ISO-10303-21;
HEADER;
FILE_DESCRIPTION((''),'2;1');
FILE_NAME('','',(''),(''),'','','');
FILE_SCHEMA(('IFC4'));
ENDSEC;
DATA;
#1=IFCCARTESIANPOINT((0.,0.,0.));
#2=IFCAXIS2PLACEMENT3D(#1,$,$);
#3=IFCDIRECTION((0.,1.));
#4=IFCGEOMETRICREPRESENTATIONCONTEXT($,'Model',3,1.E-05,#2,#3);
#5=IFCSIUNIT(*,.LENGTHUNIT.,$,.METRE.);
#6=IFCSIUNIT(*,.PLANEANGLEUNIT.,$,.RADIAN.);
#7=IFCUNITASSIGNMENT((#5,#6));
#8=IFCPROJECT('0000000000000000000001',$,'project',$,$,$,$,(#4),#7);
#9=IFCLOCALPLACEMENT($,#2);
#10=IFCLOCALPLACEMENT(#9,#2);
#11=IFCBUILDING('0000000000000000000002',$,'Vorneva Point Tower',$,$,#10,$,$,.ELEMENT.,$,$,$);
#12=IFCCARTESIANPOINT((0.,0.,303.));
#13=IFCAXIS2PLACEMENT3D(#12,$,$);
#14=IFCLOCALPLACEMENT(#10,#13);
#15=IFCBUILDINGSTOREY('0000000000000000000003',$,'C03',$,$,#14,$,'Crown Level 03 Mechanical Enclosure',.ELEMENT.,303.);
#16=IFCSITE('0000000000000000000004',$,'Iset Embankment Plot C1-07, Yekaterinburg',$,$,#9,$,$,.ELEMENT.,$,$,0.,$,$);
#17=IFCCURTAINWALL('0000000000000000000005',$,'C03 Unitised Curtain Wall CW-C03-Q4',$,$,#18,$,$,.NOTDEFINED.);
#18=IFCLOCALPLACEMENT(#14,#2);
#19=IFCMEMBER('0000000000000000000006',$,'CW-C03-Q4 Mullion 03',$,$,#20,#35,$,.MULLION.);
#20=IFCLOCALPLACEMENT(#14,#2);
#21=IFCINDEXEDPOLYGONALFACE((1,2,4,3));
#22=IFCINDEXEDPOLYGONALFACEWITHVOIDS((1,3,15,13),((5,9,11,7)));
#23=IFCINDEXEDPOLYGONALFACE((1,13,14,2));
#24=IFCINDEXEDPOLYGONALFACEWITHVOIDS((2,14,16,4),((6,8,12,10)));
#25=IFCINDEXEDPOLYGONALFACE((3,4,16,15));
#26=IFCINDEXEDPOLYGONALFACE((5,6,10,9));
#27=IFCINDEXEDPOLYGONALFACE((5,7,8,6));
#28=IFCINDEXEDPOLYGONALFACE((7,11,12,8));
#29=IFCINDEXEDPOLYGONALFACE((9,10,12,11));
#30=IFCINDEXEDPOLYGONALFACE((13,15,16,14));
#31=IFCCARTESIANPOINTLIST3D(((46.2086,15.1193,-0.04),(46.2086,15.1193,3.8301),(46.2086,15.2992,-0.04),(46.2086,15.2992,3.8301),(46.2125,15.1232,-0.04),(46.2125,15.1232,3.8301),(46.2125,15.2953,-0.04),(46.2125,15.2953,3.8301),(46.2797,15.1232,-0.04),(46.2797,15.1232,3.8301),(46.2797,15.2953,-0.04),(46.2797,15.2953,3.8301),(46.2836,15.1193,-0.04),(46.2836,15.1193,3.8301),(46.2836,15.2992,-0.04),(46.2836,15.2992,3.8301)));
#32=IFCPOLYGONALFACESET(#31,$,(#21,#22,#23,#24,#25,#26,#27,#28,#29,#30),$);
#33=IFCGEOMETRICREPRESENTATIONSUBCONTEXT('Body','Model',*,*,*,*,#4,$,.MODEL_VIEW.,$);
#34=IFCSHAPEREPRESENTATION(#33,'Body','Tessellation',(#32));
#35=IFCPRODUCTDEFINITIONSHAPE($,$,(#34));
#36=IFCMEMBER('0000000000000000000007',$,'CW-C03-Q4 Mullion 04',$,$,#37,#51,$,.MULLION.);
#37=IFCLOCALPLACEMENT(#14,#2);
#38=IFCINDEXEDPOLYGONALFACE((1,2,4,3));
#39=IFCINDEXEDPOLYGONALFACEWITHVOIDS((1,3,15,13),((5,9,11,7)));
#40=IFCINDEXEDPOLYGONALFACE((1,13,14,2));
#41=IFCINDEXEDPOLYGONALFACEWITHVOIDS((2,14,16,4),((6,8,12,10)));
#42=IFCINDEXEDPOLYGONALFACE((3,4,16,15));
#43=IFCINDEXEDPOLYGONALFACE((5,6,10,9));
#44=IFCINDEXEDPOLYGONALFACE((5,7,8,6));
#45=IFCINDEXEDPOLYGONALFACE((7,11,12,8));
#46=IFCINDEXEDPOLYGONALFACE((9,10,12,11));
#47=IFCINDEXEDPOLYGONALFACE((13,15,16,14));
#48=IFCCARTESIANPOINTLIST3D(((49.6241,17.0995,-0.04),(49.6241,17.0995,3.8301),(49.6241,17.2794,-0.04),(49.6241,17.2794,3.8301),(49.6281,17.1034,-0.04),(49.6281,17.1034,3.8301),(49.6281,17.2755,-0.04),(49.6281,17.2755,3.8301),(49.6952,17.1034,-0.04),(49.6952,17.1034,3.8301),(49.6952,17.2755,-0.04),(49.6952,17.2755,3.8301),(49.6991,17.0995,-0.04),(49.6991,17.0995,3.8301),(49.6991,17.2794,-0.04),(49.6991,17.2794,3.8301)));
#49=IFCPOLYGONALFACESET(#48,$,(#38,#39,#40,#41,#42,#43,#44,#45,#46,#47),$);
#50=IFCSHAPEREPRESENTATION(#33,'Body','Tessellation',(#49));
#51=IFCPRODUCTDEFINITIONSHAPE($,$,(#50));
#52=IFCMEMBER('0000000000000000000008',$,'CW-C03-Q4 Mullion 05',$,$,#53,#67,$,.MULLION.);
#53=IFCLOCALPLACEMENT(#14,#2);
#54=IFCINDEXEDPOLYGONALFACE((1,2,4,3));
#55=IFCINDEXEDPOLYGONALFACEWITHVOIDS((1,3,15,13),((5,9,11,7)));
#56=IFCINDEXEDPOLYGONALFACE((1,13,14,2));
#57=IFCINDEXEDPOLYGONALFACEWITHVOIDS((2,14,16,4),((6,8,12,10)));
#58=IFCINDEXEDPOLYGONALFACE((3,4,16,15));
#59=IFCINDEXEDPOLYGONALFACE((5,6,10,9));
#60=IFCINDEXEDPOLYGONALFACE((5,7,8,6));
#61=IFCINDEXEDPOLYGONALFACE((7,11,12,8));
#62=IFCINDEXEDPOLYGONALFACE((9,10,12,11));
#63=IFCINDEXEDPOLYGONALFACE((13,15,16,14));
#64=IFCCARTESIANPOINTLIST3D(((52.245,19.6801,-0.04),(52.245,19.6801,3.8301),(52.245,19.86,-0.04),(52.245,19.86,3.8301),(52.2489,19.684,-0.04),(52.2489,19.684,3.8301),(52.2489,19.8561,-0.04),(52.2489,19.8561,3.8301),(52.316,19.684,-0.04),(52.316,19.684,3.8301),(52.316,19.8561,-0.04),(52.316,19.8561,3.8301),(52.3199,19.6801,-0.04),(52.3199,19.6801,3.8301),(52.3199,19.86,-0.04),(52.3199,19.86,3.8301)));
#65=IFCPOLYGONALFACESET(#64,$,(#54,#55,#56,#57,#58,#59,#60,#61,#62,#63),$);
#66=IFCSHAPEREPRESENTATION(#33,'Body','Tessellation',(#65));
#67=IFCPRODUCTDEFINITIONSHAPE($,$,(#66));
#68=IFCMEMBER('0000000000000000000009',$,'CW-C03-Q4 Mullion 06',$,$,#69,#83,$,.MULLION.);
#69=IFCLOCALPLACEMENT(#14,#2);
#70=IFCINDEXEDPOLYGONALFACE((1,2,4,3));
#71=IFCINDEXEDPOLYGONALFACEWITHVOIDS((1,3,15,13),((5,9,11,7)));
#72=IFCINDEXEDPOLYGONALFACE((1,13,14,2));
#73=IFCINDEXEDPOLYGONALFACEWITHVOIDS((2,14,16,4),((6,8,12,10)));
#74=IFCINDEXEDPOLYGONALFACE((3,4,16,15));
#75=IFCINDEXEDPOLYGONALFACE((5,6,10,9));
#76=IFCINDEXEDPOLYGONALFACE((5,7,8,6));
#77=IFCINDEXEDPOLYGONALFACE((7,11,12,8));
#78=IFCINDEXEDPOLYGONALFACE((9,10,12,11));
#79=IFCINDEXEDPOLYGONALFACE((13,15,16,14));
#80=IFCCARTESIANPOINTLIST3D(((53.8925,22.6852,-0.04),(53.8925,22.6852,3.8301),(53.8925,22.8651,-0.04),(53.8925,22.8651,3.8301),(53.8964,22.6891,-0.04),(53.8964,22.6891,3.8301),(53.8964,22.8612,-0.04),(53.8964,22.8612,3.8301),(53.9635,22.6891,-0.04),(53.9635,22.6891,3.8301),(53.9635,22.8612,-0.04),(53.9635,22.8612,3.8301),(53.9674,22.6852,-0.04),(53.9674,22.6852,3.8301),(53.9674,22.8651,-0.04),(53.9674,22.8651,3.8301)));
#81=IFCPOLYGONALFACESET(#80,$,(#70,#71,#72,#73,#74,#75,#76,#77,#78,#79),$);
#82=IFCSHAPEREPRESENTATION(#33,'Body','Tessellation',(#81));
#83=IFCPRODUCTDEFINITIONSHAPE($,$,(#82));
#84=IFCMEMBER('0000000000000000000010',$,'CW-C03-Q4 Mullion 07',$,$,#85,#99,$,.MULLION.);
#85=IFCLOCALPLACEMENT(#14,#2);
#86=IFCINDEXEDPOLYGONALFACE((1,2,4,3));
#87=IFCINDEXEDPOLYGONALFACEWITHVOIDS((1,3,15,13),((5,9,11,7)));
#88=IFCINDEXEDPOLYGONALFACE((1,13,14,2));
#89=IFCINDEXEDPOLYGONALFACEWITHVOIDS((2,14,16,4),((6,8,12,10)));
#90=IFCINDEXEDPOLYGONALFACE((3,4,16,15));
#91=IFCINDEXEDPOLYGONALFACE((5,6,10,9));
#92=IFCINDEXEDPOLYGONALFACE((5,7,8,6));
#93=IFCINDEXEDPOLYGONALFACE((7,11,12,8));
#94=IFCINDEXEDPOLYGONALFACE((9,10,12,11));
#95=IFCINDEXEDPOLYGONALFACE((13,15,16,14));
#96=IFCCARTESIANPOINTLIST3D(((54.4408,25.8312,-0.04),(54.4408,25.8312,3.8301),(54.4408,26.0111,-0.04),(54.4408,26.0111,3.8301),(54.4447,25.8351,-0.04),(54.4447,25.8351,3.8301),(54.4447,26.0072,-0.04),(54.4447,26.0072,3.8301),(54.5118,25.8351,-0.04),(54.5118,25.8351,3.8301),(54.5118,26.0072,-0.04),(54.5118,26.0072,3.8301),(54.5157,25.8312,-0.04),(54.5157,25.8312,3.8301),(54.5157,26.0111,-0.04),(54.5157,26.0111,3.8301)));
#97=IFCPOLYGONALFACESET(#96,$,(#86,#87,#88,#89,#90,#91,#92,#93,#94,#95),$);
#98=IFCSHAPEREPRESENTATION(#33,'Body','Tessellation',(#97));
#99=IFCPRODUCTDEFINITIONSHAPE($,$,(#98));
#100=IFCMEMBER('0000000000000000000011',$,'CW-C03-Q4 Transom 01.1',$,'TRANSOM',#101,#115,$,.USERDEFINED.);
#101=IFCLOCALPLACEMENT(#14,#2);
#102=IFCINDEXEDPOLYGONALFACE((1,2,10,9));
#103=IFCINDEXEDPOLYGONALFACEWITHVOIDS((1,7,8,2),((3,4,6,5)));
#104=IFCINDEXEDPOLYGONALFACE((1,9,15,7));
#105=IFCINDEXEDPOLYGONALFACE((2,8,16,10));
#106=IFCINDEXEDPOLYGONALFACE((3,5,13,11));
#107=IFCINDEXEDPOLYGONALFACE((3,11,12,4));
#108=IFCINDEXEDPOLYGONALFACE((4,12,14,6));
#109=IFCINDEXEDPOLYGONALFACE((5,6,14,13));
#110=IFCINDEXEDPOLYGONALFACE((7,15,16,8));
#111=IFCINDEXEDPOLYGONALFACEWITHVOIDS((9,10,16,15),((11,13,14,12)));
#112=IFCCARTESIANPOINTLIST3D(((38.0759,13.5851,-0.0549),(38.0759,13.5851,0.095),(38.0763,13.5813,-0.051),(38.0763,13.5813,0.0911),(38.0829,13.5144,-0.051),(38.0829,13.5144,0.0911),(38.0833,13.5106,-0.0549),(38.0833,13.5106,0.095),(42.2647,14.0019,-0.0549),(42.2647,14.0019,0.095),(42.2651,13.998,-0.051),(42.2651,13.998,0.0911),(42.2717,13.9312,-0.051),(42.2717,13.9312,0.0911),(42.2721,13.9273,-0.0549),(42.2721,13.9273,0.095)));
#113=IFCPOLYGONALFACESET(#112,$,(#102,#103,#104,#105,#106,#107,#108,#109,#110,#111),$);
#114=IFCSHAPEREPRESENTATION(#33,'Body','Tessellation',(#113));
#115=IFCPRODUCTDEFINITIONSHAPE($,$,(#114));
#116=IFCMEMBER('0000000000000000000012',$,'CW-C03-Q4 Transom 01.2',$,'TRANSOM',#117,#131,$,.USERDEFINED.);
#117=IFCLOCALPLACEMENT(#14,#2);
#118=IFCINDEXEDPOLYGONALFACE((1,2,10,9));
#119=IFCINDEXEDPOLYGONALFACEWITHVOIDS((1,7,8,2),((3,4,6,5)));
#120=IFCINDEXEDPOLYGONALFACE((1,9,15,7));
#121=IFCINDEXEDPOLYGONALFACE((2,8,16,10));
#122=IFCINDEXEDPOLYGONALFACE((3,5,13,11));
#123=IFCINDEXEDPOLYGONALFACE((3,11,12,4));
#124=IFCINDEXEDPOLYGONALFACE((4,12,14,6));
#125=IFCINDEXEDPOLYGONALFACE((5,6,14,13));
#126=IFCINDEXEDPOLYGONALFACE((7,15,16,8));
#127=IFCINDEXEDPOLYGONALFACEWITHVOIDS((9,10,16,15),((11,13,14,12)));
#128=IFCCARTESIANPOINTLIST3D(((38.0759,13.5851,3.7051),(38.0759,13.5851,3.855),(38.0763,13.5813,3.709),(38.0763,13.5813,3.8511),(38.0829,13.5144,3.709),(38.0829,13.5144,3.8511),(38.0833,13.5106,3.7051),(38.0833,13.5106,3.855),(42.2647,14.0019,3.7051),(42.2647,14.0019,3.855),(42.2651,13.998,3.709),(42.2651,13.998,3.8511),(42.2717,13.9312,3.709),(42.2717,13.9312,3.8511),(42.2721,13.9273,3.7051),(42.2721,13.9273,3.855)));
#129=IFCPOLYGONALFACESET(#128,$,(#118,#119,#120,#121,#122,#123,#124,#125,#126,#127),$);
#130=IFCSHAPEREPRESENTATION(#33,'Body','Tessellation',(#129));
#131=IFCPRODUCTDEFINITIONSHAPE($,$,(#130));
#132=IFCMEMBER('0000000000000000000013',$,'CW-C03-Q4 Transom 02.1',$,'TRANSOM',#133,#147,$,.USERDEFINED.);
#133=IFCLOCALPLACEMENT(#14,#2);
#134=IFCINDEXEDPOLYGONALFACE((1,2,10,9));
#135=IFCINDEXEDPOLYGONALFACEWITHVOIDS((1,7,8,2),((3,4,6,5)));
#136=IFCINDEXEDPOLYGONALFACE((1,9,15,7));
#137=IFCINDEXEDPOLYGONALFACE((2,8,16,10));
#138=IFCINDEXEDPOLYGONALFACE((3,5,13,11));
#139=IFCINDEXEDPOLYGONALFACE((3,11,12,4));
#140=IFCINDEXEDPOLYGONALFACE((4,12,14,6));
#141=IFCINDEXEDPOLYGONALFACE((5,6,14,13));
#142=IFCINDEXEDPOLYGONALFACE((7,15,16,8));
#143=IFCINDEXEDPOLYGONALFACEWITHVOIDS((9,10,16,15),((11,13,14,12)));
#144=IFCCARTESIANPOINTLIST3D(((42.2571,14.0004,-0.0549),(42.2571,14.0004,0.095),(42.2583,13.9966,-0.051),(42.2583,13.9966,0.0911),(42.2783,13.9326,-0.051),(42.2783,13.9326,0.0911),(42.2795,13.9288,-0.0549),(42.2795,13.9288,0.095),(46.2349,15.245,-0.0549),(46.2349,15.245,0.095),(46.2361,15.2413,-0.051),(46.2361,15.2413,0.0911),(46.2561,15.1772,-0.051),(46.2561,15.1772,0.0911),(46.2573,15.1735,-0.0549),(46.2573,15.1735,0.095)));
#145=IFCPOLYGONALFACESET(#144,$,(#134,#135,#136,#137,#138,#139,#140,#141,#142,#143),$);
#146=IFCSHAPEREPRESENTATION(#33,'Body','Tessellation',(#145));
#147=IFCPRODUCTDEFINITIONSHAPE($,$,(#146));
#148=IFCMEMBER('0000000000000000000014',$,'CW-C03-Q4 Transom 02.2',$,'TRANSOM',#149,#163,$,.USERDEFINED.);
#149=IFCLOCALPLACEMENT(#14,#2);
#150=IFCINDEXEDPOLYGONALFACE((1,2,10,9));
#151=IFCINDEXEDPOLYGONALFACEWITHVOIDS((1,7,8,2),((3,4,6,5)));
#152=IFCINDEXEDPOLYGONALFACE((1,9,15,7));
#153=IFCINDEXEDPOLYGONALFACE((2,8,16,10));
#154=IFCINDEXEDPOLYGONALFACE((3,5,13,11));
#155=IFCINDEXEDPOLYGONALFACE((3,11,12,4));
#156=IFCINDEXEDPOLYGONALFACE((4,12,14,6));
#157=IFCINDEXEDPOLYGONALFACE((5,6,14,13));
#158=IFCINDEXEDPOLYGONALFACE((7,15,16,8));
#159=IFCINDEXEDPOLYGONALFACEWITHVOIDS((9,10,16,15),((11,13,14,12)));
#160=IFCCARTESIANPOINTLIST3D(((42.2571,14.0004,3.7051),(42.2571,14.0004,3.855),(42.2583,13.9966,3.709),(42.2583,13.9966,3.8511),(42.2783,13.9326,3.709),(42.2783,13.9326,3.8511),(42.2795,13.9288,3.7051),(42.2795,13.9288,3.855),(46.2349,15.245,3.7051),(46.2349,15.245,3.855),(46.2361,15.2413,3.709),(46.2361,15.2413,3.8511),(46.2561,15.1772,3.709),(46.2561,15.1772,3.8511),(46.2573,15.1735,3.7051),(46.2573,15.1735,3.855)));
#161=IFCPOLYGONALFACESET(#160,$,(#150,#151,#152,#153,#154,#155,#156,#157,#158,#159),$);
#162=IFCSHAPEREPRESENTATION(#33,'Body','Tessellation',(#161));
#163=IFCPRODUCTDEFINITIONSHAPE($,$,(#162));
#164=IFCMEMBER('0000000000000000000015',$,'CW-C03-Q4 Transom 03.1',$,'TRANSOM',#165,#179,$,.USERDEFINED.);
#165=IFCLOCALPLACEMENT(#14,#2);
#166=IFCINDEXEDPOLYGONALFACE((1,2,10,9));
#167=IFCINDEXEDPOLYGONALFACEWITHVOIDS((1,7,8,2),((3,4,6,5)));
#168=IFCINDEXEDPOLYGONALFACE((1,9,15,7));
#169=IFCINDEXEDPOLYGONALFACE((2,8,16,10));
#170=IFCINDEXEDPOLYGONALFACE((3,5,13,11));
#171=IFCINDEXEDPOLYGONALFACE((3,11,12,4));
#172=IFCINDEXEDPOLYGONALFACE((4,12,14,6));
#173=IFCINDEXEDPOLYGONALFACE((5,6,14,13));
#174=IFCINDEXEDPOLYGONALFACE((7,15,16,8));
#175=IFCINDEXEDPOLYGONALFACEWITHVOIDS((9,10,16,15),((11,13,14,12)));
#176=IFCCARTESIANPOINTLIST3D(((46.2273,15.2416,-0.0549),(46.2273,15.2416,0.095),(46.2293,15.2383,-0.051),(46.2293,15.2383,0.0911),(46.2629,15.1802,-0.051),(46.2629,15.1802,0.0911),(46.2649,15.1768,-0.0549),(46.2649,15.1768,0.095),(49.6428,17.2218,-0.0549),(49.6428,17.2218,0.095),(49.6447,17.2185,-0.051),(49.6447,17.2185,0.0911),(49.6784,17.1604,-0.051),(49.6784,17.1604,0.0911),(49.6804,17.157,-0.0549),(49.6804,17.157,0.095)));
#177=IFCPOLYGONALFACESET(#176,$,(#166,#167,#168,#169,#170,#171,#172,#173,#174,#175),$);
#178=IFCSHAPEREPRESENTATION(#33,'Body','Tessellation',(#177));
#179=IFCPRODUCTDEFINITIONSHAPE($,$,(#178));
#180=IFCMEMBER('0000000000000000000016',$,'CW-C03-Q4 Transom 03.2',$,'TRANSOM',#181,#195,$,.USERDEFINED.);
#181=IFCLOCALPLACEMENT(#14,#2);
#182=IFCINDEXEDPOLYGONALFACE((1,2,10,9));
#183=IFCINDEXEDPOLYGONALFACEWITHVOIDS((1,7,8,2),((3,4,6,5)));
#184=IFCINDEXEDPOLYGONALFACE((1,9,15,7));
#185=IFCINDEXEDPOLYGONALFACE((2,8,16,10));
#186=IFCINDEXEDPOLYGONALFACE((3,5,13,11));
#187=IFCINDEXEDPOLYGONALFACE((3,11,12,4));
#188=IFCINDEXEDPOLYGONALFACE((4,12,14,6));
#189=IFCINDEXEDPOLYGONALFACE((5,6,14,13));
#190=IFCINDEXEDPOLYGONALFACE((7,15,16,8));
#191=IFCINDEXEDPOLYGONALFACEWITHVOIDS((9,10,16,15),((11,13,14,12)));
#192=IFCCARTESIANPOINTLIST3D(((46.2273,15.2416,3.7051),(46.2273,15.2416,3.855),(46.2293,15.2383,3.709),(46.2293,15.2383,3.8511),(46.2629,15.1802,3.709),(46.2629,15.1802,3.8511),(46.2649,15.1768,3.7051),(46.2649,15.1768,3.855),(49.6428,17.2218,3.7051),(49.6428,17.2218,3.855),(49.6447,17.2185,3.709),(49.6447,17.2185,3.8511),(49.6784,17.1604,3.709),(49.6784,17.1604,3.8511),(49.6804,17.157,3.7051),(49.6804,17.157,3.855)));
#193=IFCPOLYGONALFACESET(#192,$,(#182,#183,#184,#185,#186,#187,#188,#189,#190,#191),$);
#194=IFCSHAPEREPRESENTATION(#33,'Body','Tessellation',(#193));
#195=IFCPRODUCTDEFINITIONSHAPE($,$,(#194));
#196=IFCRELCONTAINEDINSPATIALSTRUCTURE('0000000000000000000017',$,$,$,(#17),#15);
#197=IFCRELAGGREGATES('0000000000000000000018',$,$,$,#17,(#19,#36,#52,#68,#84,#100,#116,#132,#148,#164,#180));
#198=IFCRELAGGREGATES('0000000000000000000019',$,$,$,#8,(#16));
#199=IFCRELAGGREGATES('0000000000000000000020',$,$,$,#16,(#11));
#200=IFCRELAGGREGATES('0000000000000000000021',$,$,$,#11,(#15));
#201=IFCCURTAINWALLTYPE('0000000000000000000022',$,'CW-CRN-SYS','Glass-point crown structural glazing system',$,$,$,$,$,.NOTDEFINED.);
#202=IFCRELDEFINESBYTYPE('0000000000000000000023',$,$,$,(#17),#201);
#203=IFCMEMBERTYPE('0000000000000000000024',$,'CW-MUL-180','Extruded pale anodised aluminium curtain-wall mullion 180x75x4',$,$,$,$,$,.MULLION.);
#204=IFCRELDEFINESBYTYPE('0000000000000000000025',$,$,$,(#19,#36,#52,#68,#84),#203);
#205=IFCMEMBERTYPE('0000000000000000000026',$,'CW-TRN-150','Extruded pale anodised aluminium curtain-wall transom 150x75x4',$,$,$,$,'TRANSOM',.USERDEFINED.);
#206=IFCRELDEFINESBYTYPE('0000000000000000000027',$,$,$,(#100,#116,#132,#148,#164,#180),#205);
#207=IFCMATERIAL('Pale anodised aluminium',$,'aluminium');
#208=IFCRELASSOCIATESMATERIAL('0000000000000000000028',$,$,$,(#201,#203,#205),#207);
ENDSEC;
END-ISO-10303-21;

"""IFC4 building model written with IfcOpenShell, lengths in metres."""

from ifc_helpers import new_model, si_unit, direction, frame, origin, origin_2d, place, context, subcontext, project, spatial, hollow_rectangle, extrude, material, material_profile, profile_set, type_object, element, aggregate, save


model = new_model("IFC4")

# Units and contexts
model_context = context("Model", 3, precision=1e-05, world=origin(), true_north=direction((0.0, 1.0)))
body_context = subcontext(model_context, "Body", "Model", "MODEL_VIEW")
ifc_project = project(units=[si_unit("LENGTHUNIT", "METRE"), si_unit("PLANEANGLEUNIT", "RADIAN")], contexts=[model_context])

# Site, building, storey
site_placement = place(None, origin())
site = spatial("IfcSite", under=ifc_project, at=site_placement, Name="Iset Embankment Plot C1-07, Yekaterinburg", CompositionType="ELEMENT", RefElevation=0.0)
building_placement = place(site_placement, origin())
building = spatial("IfcBuilding", under=site, at=building_placement, Name="Vorneva Point Tower", CompositionType="ELEMENT")
storey_placement = place(building_placement, frame((0.0, 0.0, 303.0)))
storey = spatial("IfcBuildingStorey", under=building, at=storey_placement, Name="C03", LongName="Crown Level 03 Mechanical Enclosure", CompositionType="ELEMENT", Elevation=303.0)

# Curtain wall, members
ifc_material_1 = material(Name="Pale anodised aluminium", Category="aluminium")
curtain_wall_type = type_object("IfcCurtainWallType", Name="CW-CRN-SYS", Description="Glass-point crown structural glazing system", PredefinedType="NOTDEFINED", material=ifc_material_1)
curtain_wall_placement = place(storey_placement, origin())
curtain_wall = element("IfcCurtainWall", 1, at=curtain_wall_placement, inside=storey, type_object=curtain_wall_type, Name="C03 Unitised Curtain Wall CW-C03-Q4", PredefinedType="NOTDEFINED")
ifc_material_profile_1 = material_profile(ifc_material_1, hollow_rectangle(XDim=0.075, YDim=0.1799, WallThickness=0.0039, at=origin_2d()), Name="AL-MUL 180x75x4")
ifc_profile_set_1 = profile_set([ifc_material_profile_1], Name="Pale anodised aluminium")
member_type_1 = type_object("IfcMemberType", Name="CW-MUL-180", Description="Extruded pale anodised aluminium curtain-wall mullion 180x75x4", PredefinedType="MULLION", material=ifc_profile_set_1)
member_1_placement = place(storey_placement, frame((46.2461, 15.2092, -0.04), z_axis=(0.0, 0.0, 1.0), x_axis=(1.0, 0.0, 0.0)))
member_1 = element("IfcMember", 2, at=member_1_placement, type_object=member_type_1, Name="CW-C03-Q4 Mullion 03", PredefinedType="MULLION", context=body_context, shape_type="SweptSolid", body=[
    extrude(hollow_rectangle(XDim=0.075, YDim=0.1799, WallThickness=0.0039, at=origin_2d()), origin(), (0.0, 0.0, 1.0), 3.8701),
])
member_2_placement = place(storey_placement, frame((49.6616, 17.1895, -0.04), z_axis=(0.0, 0.0, 1.0), x_axis=(1.0, 0.0, 0.0)))
member_2 = element("IfcMember", 3, at=member_2_placement, type_object=member_type_1, Name="CW-C03-Q4 Mullion 04", PredefinedType="MULLION", context=body_context, shape_type="SweptSolid", body=[
    extrude(hollow_rectangle(XDim=0.075, YDim=0.1799, WallThickness=0.0039, at=origin_2d()), origin(), (0.0, 0.0, 1.0), 3.8701),
])
member_3_placement = place(storey_placement, frame((52.2825, 19.77, -0.04), z_axis=(0.0, 0.0, 1.0), x_axis=(1.0, 0.0, 0.0)))
member_3 = element("IfcMember", 4, at=member_3_placement, type_object=member_type_1, Name="CW-C03-Q4 Mullion 05", PredefinedType="MULLION", context=body_context, shape_type="SweptSolid", body=[
    extrude(hollow_rectangle(XDim=0.075, YDim=0.1799, WallThickness=0.0039, at=origin_2d()), origin(), (0.0, 0.0, 1.0), 3.8701),
])
member_4_placement = place(storey_placement, frame((53.9299, 22.7751, -0.04), z_axis=(0.0, 0.0, 1.0), x_axis=(1.0, 0.0, 0.0)))
member_4 = element("IfcMember", 5, at=member_4_placement, type_object=member_type_1, Name="CW-C03-Q4 Mullion 06", PredefinedType="MULLION", context=body_context, shape_type="SweptSolid", body=[
    extrude(hollow_rectangle(XDim=0.075, YDim=0.1799, WallThickness=0.0039, at=origin_2d()), origin(), (0.0, 0.0, 1.0), 3.8701),
])
member_5_placement = place(storey_placement, frame((54.4783, 25.9211, -0.04), z_axis=(0.0, 0.0, 1.0), x_axis=(1.0, 0.0, 0.0)))
member_5 = element("IfcMember", 6, at=member_5_placement, type_object=member_type_1, Name="CW-C03-Q4 Mullion 07", PredefinedType="MULLION", context=body_context, shape_type="SweptSolid", body=[
    extrude(hollow_rectangle(XDim=0.075, YDim=0.1799, WallThickness=0.0039, at=origin_2d()), origin(), (0.0, 0.0, 1.0), 3.8701),
])
ifc_material_profile_2 = material_profile(ifc_material_1, hollow_rectangle(XDim=0.075, YDim=0.1499, WallThickness=0.0039, at=origin_2d()), Name="AL-TRN 150x75x4")
ifc_profile_set_2 = profile_set([ifc_material_profile_2], Name="Pale anodised aluminium")
member_type_2 = type_object("IfcMemberType", Name="CW-TRN-150", Description="Extruded pale anodised aluminium curtain-wall transom 150x75x4", ElementType="TRANSOM", PredefinedType="USERDEFINED", material=ifc_profile_set_2)
member_6_placement = place(storey_placement, frame((38.0796, 13.5479, 0.02), z_axis=(0.995087, 0.099004, 0.0), x_axis=(-0.099004, 0.995087, 0.0)))
member_6 = element("IfcMember", 7, at=member_6_placement, type_object=member_type_2, Name="CW-C03-Q4 Transom 01.1", ObjectType="TRANSOM", PredefinedType="USERDEFINED", context=body_context, shape_type="SweptSolid", body=[
    extrude(hollow_rectangle(XDim=0.075, YDim=0.1499, WallThickness=0.0039, at=origin_2d()), origin(), (0.0, 0.0, 1.0), 4.2095),
])
member_7_placement = place(storey_placement, frame((38.0796, 13.5479, 3.78), z_axis=(0.995087, 0.099004, 0.0), x_axis=(-0.099004, 0.995087, 0.0)))
member_7 = element("IfcMember", 8, at=member_7_placement, type_object=member_type_2, Name="CW-C03-Q4 Transom 01.2", ObjectType="TRANSOM", PredefinedType="USERDEFINED", context=body_context, shape_type="SweptSolid", body=[
    extrude(hollow_rectangle(XDim=0.075, YDim=0.1499, WallThickness=0.0039, at=origin_2d()), origin(), (0.0, 0.0, 1.0), 4.2095),
])
member_8_placement = place(storey_placement, frame((42.2683, 13.9646, 0.02), z_axis=(0.954373, 0.298619, 0.0), x_axis=(-0.298619, 0.954373, 0.0)))
member_8 = element("IfcMember", 9, at=member_8_placement, type_object=member_type_2, Name="CW-C03-Q4 Transom 02.1", ObjectType="TRANSOM", PredefinedType="USERDEFINED", context=body_context, shape_type="SweptSolid", body=[
    extrude(hollow_rectangle(XDim=0.075, YDim=0.1499, WallThickness=0.0039, at=origin_2d()), origin(), (0.0, 0.0, 1.0), 4.168),
])
member_9_placement = place(storey_placement, frame((42.2683, 13.9646, 3.78), z_axis=(0.954373, 0.298619, 0.0), x_axis=(-0.298619, 0.954373, 0.0)))
member_9 = element("IfcMember", 10, at=member_9_placement, type_object=member_type_2, Name="CW-C03-Q4 Transom 02.2", ObjectType="TRANSOM", PredefinedType="USERDEFINED", context=body_context, shape_type="SweptSolid", body=[
    extrude(hollow_rectangle(XDim=0.075, YDim=0.1499, WallThickness=0.0039, at=origin_2d()), origin(), (0.0, 0.0, 1.0), 4.168),
])
member_10_placement = place(storey_placement, frame((46.2461, 15.2092, 0.02), z_axis=(0.865117, 0.50157, 0.0), x_axis=(-0.50157, 0.865117, 0.0)))
member_10 = element("IfcMember", 11, at=member_10_placement, type_object=member_type_2, Name="CW-C03-Q4 Transom 03.1", ObjectType="TRANSOM", PredefinedType="USERDEFINED", context=body_context, shape_type="SweptSolid", body=[
    extrude(hollow_rectangle(XDim=0.075, YDim=0.1499, WallThickness=0.0039, at=origin_2d()), origin(), (0.0, 0.0, 1.0), 3.948),
])
member_11_placement = place(storey_placement, frame((46.2461, 15.2092, 3.78), z_axis=(0.865117, 0.50157, 0.0), x_axis=(-0.50157, 0.865117, 0.0)))
member_11 = element("IfcMember", 12, at=member_11_placement, type_object=member_type_2, Name="CW-C03-Q4 Transom 03.2", ObjectType="TRANSOM", PredefinedType="USERDEFINED", context=body_context, shape_type="SweptSolid", body=[
    extrude(hollow_rectangle(XDim=0.075, YDim=0.1499, WallThickness=0.0039, at=origin_2d()), origin(), (0.0, 0.0, 1.0), 3.948),
])

aggregate(curtain_wall, [member_1, member_2, member_3, member_4, member_5, member_6, member_7, member_8, member_9, member_10, member_11])

save(model, "model.ifc")
